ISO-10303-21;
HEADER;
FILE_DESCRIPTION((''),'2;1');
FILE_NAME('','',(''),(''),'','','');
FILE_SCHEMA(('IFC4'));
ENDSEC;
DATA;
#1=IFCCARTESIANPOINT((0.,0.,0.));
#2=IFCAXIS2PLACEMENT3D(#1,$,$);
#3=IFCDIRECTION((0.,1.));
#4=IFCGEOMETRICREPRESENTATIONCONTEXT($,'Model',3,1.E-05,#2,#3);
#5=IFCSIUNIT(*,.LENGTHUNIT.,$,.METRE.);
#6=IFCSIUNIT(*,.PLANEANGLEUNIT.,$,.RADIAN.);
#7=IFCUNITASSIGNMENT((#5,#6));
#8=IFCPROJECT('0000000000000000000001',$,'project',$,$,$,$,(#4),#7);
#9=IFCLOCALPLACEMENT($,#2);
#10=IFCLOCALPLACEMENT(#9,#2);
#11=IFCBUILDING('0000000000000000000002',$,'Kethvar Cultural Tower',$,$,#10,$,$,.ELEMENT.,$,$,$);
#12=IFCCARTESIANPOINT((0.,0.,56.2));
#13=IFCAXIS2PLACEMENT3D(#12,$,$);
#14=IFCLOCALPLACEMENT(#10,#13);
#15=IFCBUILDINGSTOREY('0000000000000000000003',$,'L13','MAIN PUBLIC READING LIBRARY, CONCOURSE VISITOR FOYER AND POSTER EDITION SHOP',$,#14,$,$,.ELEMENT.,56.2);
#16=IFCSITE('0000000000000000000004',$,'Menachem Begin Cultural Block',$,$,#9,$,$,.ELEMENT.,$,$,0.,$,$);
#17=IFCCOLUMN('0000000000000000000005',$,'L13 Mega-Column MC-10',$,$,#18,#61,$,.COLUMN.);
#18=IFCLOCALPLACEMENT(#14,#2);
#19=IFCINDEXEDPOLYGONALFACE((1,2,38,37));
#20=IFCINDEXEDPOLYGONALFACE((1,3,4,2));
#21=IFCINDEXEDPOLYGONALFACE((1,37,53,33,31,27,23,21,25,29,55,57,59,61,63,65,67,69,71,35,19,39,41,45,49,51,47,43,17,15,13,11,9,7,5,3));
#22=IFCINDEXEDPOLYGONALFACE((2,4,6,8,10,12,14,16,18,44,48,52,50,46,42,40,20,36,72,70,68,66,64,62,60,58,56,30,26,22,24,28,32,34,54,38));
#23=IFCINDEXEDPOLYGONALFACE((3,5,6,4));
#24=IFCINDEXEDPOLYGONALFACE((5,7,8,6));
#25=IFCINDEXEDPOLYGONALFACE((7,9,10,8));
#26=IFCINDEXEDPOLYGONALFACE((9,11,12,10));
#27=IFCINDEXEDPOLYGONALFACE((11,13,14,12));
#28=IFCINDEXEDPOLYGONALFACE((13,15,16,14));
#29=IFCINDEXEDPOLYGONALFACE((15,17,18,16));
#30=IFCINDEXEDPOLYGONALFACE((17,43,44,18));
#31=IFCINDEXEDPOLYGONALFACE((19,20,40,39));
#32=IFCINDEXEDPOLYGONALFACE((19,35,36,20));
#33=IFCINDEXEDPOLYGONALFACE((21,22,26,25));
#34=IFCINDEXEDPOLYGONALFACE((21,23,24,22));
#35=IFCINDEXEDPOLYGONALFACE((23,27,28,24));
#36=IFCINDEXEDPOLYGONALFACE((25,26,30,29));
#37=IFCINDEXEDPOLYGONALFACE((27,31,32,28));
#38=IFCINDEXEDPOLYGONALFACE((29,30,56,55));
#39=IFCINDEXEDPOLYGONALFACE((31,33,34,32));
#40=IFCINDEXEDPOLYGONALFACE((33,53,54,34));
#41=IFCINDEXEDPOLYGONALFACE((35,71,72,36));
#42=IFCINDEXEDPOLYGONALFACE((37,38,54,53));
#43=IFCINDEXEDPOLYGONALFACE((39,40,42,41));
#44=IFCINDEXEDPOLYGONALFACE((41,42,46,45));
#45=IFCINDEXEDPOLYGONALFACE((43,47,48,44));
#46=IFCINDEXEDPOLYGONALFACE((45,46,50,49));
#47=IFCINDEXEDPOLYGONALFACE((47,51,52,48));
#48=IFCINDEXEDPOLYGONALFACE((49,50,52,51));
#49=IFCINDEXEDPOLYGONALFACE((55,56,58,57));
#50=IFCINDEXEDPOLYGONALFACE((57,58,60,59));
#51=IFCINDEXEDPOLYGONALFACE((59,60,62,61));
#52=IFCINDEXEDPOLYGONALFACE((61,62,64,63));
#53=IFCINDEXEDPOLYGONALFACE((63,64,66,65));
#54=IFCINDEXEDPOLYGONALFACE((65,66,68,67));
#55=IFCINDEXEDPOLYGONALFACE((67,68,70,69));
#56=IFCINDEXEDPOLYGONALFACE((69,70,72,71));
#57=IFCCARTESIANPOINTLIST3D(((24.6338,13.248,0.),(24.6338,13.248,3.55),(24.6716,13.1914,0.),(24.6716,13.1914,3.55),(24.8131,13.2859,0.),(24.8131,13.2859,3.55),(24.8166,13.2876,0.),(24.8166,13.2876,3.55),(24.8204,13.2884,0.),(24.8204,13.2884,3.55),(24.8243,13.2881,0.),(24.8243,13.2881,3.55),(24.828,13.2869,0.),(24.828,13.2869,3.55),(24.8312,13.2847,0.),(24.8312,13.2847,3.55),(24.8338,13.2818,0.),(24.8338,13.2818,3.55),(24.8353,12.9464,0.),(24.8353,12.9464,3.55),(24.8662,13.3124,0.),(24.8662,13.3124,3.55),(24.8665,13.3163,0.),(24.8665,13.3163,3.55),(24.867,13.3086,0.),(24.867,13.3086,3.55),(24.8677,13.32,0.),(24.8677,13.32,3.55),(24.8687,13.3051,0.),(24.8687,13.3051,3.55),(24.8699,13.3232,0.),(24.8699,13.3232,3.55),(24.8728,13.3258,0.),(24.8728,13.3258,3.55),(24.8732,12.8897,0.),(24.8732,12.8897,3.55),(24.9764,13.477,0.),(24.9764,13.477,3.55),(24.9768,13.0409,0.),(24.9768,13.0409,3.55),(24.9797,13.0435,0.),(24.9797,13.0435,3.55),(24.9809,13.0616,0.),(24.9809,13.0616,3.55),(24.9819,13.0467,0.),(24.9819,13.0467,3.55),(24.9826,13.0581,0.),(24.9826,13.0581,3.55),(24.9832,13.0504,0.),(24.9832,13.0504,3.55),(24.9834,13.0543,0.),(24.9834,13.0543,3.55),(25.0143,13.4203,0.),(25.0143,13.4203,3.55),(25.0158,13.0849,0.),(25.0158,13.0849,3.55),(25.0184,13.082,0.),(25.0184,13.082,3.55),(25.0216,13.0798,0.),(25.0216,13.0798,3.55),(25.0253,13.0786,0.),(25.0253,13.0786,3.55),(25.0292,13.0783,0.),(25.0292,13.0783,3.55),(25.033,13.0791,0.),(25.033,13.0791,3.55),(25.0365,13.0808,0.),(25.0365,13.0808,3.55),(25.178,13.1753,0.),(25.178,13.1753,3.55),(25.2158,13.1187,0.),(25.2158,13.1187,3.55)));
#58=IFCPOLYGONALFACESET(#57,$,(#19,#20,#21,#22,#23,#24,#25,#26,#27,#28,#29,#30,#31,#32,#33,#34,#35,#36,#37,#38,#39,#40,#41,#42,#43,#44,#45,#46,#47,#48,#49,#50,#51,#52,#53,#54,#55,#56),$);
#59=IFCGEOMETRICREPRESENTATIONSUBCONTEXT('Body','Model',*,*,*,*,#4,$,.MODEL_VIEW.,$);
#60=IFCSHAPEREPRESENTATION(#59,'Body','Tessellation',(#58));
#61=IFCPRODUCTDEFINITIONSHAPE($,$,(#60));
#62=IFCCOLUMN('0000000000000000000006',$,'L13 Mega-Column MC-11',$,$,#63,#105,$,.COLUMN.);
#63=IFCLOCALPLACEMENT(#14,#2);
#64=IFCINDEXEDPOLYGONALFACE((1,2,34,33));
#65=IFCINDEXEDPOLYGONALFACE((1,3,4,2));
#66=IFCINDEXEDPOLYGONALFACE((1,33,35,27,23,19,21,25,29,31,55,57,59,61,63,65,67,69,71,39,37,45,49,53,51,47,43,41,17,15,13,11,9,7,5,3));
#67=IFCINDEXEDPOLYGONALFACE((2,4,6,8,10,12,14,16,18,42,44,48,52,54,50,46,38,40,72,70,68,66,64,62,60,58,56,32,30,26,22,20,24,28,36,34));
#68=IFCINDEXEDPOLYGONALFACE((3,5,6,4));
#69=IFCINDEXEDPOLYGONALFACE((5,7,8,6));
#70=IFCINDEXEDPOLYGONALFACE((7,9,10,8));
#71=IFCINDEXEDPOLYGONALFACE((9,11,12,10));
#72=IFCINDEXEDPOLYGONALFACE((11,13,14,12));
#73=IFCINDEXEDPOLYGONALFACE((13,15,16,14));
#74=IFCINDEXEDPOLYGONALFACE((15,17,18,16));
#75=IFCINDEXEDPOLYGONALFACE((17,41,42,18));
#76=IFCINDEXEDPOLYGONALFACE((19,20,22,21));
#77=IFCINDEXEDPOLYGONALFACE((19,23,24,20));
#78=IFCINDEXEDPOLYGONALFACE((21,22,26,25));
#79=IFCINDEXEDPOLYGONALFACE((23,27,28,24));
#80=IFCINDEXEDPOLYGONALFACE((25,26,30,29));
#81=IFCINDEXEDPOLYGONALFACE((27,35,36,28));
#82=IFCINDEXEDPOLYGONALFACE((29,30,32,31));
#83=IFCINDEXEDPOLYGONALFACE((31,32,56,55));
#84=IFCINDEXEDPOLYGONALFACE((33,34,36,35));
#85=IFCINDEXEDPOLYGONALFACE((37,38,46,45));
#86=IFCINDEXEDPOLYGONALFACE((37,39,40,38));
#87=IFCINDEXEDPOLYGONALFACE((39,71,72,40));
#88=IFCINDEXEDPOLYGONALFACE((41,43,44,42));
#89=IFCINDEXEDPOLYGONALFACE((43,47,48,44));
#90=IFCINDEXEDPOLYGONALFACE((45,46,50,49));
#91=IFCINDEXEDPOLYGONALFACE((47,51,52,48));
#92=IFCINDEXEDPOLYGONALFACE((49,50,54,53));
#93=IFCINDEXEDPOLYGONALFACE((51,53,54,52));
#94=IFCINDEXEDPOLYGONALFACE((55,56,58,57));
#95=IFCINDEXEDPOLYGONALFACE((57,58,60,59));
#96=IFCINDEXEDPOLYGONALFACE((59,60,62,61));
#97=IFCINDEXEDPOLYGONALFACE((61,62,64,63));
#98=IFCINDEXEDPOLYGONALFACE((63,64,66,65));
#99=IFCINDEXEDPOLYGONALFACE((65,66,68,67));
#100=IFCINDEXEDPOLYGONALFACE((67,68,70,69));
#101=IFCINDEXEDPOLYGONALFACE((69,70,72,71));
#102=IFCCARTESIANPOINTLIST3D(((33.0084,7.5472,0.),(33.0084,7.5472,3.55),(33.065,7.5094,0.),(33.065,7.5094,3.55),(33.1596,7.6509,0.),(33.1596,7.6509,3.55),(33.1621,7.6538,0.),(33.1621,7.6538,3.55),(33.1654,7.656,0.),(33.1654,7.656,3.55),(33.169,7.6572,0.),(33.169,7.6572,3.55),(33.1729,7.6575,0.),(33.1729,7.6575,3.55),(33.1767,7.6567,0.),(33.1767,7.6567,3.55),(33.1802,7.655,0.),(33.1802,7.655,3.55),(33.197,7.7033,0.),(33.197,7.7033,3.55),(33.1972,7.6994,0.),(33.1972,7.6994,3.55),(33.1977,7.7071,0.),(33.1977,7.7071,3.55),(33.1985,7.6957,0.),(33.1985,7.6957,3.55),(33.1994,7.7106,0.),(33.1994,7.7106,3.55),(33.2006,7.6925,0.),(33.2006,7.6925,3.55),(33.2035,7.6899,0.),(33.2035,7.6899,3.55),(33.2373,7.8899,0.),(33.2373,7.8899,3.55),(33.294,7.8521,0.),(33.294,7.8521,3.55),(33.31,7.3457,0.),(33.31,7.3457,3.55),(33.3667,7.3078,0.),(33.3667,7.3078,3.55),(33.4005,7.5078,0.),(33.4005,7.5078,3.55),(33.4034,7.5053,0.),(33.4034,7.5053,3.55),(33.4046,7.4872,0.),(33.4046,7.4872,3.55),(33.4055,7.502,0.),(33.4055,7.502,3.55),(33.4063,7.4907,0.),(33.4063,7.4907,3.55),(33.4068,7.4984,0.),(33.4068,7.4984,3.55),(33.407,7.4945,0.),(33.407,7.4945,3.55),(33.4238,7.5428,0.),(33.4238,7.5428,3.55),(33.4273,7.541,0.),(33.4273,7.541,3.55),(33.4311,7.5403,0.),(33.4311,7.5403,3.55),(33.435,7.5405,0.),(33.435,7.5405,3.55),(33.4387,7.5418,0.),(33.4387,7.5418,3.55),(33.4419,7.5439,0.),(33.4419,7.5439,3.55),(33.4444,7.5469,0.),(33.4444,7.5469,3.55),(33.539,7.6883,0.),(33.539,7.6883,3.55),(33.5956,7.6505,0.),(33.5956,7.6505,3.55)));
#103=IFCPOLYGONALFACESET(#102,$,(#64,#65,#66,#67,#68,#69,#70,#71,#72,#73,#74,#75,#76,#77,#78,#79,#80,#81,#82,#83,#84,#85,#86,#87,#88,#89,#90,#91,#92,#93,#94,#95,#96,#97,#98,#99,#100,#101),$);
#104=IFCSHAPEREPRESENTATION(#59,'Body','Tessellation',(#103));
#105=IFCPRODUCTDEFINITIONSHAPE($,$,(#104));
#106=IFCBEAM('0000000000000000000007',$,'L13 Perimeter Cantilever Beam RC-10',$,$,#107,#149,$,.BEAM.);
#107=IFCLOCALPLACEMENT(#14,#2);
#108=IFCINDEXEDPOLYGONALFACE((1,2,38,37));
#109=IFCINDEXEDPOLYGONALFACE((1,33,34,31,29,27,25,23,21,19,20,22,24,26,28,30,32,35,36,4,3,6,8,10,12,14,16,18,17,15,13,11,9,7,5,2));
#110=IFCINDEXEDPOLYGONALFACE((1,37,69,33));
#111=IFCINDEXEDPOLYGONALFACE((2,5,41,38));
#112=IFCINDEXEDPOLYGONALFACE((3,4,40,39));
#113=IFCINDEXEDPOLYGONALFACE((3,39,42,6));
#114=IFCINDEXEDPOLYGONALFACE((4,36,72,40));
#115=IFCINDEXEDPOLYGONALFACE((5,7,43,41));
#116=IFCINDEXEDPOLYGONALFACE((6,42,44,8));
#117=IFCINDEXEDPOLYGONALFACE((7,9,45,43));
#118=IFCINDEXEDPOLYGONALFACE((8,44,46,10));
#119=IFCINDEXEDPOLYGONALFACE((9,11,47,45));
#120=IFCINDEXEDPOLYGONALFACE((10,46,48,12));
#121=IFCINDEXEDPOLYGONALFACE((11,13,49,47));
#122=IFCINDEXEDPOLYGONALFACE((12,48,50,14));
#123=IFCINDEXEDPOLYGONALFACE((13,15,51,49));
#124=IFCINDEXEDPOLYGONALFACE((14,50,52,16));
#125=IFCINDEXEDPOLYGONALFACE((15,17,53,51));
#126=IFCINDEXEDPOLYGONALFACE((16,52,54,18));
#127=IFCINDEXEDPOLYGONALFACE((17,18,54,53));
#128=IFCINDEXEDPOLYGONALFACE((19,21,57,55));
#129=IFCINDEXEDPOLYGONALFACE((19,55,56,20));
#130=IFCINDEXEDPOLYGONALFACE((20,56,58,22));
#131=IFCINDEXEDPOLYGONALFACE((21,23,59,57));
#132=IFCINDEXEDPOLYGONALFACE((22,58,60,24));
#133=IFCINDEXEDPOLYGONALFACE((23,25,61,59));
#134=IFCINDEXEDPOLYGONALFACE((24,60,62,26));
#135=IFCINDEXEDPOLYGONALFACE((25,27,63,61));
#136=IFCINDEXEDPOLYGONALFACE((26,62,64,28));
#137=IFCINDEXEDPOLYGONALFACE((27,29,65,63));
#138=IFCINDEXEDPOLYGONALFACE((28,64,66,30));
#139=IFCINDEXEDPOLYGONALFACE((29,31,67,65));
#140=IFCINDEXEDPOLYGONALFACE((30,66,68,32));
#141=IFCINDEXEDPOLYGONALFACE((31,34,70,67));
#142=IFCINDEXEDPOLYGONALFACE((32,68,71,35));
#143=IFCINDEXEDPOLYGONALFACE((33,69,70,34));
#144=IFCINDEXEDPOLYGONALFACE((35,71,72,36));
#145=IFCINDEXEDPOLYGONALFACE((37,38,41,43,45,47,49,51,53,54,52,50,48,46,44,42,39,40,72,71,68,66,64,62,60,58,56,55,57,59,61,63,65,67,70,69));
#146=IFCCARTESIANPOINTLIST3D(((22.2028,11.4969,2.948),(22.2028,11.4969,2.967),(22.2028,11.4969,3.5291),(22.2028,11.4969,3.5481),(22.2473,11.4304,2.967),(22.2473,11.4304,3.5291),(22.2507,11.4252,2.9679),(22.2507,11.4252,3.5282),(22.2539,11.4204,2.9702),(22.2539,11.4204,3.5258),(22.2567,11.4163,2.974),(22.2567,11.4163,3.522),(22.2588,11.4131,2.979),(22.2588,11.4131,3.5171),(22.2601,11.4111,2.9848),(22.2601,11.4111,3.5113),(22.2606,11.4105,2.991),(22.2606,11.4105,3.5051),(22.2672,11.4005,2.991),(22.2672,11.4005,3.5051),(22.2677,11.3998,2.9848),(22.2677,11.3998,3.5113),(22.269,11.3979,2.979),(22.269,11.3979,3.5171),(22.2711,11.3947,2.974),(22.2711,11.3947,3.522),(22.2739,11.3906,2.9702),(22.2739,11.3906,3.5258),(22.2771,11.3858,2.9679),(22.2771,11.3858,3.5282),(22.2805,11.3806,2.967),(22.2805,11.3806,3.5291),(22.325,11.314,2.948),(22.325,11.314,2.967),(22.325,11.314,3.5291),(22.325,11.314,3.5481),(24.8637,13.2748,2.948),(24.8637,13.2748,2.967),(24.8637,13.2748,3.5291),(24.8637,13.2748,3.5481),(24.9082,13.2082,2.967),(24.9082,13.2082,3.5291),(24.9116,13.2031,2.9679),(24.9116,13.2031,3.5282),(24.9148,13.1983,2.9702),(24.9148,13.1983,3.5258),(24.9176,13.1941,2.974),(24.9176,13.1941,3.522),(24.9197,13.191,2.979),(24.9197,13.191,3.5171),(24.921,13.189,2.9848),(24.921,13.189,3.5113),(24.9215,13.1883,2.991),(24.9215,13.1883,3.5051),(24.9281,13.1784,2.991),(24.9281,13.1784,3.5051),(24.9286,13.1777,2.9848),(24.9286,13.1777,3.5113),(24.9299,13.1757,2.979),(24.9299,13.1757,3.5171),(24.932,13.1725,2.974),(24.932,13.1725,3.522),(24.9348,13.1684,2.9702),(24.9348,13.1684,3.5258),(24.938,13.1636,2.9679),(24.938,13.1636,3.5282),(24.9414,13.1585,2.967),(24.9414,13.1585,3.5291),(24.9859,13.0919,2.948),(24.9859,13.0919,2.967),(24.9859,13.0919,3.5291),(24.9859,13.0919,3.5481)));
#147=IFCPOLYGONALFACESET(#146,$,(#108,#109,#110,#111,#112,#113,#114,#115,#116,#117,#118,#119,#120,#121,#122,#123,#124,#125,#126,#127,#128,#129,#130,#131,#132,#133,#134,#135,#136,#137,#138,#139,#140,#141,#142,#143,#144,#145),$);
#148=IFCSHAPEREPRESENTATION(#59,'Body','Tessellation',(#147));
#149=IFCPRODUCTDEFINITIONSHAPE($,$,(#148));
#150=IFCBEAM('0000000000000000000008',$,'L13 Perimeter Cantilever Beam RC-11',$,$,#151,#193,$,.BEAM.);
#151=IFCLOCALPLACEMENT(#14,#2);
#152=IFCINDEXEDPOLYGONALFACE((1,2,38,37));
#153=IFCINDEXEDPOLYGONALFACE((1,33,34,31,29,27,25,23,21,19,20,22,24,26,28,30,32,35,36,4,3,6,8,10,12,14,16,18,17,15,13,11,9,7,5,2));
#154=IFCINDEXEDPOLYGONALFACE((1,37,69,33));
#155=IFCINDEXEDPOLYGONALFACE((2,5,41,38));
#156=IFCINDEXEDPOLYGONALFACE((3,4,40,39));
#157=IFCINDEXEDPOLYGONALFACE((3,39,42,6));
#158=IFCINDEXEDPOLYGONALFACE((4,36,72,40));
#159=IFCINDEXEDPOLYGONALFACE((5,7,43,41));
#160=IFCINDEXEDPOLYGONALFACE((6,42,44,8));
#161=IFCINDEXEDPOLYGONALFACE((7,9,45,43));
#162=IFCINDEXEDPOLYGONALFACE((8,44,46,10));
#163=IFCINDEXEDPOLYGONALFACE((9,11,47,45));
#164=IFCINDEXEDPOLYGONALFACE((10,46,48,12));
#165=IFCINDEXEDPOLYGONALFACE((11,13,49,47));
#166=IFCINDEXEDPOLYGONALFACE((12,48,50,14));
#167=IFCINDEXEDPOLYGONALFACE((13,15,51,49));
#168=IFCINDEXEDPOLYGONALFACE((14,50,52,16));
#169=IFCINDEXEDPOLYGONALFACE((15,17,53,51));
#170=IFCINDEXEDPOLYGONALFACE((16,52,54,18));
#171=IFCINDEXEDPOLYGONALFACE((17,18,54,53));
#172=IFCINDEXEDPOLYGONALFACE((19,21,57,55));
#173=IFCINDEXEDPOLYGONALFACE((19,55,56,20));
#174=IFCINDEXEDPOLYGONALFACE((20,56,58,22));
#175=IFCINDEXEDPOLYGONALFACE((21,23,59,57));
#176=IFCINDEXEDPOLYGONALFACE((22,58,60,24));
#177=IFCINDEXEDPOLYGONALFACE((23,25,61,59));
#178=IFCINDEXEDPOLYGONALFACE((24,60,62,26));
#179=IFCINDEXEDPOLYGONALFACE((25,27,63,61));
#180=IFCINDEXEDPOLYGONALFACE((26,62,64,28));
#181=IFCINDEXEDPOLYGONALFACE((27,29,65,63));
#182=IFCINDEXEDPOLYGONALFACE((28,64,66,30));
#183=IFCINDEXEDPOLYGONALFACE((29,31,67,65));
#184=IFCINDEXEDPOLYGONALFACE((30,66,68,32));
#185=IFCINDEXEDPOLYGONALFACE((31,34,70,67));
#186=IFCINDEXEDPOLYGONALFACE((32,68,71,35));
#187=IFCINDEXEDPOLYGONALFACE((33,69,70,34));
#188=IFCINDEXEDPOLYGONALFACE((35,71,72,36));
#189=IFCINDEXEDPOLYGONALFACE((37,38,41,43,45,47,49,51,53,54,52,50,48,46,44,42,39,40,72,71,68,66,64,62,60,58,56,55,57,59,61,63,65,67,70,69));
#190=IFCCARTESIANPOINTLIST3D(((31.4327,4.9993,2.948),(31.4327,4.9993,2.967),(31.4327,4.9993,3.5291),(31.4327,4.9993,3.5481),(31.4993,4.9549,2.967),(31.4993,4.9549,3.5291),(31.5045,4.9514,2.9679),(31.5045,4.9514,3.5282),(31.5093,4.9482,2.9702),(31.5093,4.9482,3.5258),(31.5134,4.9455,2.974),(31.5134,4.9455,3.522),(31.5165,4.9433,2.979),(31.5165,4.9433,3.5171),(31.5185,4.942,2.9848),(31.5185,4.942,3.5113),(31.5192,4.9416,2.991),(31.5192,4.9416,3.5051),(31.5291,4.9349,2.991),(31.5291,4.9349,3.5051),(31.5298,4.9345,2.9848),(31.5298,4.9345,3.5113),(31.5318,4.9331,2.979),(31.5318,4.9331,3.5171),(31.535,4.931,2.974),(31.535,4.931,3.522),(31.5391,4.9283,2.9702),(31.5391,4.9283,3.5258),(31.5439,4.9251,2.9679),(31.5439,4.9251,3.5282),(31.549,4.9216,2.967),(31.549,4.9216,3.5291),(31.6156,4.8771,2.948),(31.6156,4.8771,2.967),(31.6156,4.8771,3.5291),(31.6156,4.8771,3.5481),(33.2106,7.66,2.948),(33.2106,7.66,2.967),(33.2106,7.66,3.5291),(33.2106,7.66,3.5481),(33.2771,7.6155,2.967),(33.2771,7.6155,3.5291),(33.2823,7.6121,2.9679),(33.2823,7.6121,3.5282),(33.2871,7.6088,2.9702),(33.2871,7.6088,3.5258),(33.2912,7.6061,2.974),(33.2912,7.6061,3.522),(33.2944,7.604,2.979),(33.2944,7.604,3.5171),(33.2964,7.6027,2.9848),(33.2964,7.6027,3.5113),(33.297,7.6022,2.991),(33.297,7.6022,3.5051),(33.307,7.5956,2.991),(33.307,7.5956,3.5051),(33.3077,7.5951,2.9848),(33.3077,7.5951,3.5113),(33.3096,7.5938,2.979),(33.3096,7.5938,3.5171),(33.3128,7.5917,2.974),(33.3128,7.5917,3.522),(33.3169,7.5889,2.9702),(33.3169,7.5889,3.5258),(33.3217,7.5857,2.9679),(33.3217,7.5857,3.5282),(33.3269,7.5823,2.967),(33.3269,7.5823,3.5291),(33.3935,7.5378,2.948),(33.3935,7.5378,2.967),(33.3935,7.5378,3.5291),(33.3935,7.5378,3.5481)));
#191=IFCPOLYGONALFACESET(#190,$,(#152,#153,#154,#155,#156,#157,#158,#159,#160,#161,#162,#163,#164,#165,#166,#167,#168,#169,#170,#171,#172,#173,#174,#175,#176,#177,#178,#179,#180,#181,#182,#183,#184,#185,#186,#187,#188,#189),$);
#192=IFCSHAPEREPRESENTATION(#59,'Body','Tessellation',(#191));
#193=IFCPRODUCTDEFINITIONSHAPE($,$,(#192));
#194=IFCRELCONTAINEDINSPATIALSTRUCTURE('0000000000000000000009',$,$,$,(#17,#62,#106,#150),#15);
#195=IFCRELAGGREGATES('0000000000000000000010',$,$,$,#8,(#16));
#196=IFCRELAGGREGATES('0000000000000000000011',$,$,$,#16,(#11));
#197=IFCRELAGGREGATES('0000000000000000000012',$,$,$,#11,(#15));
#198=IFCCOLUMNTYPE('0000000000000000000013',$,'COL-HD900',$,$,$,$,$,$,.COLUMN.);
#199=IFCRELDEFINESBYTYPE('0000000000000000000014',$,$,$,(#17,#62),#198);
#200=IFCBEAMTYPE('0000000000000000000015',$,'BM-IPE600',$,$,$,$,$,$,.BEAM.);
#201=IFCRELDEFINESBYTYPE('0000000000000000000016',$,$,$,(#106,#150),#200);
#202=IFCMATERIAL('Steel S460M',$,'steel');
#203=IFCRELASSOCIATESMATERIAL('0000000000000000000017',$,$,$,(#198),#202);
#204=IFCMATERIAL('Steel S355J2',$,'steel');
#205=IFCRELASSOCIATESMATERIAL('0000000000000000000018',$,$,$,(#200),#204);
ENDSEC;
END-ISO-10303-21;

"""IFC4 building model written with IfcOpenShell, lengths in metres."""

from ifc_helpers import new_model, si_unit, direction, frame, origin, origin_2d, place, context, subcontext, project, spatial, i_section, extrude, source, transform, mapped, material, material_profile, profile_set, type_object, element, save


model = new_model("IFC4")

# Units and contexts
model_context = context("Model", 3, precision=1e-05, world=origin(), true_north=direction((0.0, 1.0)))
body_context = subcontext(model_context, "Body", "Model", "MODEL_VIEW")
ifc_project = project(units=[si_unit("LENGTHUNIT", "METRE"), si_unit("PLANEANGLEUNIT", "RADIAN")], contexts=[model_context])

# Site, building, storey
site_placement = place(None, origin())
site = spatial("IfcSite", under=ifc_project, at=site_placement, Name="Menachem Begin Cultural Block", CompositionType="ELEMENT", RefElevation=0.0)
building_placement = place(site_placement, origin())
building = spatial("IfcBuilding", under=site, at=building_placement, Name="Kethvar Cultural Tower", CompositionType="ELEMENT")
storey_placement = place(building_placement, frame((0.0, 0.0, 56.2)))
storey = spatial("IfcBuildingStorey", under=building, at=storey_placement, Name="L13", Description="MAIN PUBLIC READING LIBRARY, CONCOURSE VISITOR FOYER AND POSTER EDITION SHOP", CompositionType="ELEMENT", Elevation=56.2)

# Columns
ifc_material_1 = material(Name="Steel S460M", Category="steel")
ifc_material_profile_1 = material_profile(ifc_material_1, i_section(OverallWidth=0.4121, OverallDepth=0.4309, WebThickness=0.042, FlangeThickness=0.0681, FilletRadius=0.0149, at=origin_2d()), Name="Steel S460M — HD400x900")
ifc_profile_set_1 = profile_set([ifc_material_profile_1], Name="Steel S460M — HD400x900")
column_type = type_object("IfcColumnType", Name="COL-HD900", PredefinedType="COLUMN", material=ifc_profile_set_1)
shared_shape_1 = source(origin(), body_context, "Body", "SweptSolid", [
    extrude(i_section(OverallWidth=0.4121, OverallDepth=0.4309, WebThickness=0.042, FlangeThickness=0.0681, FilletRadius=0.0149, at=origin_2d()), origin(), (0.0, 0.0, 1.0), 3.55),
])
for number, where, z_axis, x_axis, name in (
    (1, (24.9248, 13.1833, 0.0), (0.0, 0.0, 1.0), (-0.83147, -0.55557, 0.0), "L13 Mega-Column MC-10"),
    (2, (33.302, 7.5989, 0.0), (0.0, 0.0, 1.0), (-0.55557, -0.83147, 0.0), "L13 Mega-Column MC-11"),
):
    element("IfcColumn", number, at=place(storey_placement, frame(where, z_axis=z_axis, x_axis=x_axis)), inside=storey, type_object=column_type, Name=name, PredefinedType="COLUMN", context=body_context, shape_type="MappedRepresentation", body=[
        mapped(shared_shape_1, transform((0.0, 0.0, 0.0), scale=1.0)),
    ])

# Beams
ifc_material_2 = material(Name="Steel S355J2", Category="steel")
ifc_material_profile_2 = material_profile(ifc_material_2, i_section(OverallWidth=0.22, OverallDepth=0.6001, WebThickness=0.012, FlangeThickness=0.019, FilletRadius=0.0239, at=origin_2d()), Name="Steel S355J2 — IPE600")
ifc_profile_set_2 = profile_set([ifc_material_profile_2], Name="Steel S355J2 — IPE600")
beam_type_1 = type_object("IfcBeamType", Name="BM-IPE600", PredefinedType="BEAM", material=ifc_profile_set_2)
shared_shape_2 = source(origin(), body_context, "Body", "SweptSolid", [
    extrude(i_section(OverallWidth=0.22, OverallDepth=0.6001, WebThickness=0.012, FlangeThickness=0.019, FilletRadius=0.0239, at=origin_2d()), origin(), (0.0, 0.0, 1.0), 3.2002),
])
beam_1_placement = place(storey_placement, frame((24.9248, 13.1833, 3.248), z_axis=(-0.831486, -0.555545, 0.0), x_axis=(0.555545, -0.831486, 0.0)))
element("IfcBeam", 3, at=beam_1_placement, inside=storey, type_object=beam_type_1, Name="L13 Perimeter Cantilever Beam RC-10", PredefinedType="BEAM", context=body_context, shape_type="MappedRepresentation", body=[
    mapped(shared_shape_2, transform((0.0, 0.0, 0.0), scale=1.0)),
])
shared_shape_3 = source(origin(), body_context, "Body", "SweptSolid", [
    extrude(i_section(OverallWidth=0.22, OverallDepth=0.6001, WebThickness=0.012, FlangeThickness=0.019, FilletRadius=0.0239, at=origin_2d()), origin(), (0.0, 0.0, 1.0), 3.2),
])
beam_2_placement = place(storey_placement, frame((33.302, 7.5989, 3.248), z_axis=(-0.55558, -0.831463, 0.0), x_axis=(0.831463, -0.55558, 0.0)))
element("IfcBeam", 4, at=beam_2_placement, inside=storey, type_object=beam_type_1, Name="L13 Perimeter Cantilever Beam RC-11", PredefinedType="BEAM", context=body_context, shape_type="MappedRepresentation", body=[
    mapped(shared_shape_3, transform((0.0, 0.0, 0.0), scale=1.0)),
])

save(model, "model.ifc")
